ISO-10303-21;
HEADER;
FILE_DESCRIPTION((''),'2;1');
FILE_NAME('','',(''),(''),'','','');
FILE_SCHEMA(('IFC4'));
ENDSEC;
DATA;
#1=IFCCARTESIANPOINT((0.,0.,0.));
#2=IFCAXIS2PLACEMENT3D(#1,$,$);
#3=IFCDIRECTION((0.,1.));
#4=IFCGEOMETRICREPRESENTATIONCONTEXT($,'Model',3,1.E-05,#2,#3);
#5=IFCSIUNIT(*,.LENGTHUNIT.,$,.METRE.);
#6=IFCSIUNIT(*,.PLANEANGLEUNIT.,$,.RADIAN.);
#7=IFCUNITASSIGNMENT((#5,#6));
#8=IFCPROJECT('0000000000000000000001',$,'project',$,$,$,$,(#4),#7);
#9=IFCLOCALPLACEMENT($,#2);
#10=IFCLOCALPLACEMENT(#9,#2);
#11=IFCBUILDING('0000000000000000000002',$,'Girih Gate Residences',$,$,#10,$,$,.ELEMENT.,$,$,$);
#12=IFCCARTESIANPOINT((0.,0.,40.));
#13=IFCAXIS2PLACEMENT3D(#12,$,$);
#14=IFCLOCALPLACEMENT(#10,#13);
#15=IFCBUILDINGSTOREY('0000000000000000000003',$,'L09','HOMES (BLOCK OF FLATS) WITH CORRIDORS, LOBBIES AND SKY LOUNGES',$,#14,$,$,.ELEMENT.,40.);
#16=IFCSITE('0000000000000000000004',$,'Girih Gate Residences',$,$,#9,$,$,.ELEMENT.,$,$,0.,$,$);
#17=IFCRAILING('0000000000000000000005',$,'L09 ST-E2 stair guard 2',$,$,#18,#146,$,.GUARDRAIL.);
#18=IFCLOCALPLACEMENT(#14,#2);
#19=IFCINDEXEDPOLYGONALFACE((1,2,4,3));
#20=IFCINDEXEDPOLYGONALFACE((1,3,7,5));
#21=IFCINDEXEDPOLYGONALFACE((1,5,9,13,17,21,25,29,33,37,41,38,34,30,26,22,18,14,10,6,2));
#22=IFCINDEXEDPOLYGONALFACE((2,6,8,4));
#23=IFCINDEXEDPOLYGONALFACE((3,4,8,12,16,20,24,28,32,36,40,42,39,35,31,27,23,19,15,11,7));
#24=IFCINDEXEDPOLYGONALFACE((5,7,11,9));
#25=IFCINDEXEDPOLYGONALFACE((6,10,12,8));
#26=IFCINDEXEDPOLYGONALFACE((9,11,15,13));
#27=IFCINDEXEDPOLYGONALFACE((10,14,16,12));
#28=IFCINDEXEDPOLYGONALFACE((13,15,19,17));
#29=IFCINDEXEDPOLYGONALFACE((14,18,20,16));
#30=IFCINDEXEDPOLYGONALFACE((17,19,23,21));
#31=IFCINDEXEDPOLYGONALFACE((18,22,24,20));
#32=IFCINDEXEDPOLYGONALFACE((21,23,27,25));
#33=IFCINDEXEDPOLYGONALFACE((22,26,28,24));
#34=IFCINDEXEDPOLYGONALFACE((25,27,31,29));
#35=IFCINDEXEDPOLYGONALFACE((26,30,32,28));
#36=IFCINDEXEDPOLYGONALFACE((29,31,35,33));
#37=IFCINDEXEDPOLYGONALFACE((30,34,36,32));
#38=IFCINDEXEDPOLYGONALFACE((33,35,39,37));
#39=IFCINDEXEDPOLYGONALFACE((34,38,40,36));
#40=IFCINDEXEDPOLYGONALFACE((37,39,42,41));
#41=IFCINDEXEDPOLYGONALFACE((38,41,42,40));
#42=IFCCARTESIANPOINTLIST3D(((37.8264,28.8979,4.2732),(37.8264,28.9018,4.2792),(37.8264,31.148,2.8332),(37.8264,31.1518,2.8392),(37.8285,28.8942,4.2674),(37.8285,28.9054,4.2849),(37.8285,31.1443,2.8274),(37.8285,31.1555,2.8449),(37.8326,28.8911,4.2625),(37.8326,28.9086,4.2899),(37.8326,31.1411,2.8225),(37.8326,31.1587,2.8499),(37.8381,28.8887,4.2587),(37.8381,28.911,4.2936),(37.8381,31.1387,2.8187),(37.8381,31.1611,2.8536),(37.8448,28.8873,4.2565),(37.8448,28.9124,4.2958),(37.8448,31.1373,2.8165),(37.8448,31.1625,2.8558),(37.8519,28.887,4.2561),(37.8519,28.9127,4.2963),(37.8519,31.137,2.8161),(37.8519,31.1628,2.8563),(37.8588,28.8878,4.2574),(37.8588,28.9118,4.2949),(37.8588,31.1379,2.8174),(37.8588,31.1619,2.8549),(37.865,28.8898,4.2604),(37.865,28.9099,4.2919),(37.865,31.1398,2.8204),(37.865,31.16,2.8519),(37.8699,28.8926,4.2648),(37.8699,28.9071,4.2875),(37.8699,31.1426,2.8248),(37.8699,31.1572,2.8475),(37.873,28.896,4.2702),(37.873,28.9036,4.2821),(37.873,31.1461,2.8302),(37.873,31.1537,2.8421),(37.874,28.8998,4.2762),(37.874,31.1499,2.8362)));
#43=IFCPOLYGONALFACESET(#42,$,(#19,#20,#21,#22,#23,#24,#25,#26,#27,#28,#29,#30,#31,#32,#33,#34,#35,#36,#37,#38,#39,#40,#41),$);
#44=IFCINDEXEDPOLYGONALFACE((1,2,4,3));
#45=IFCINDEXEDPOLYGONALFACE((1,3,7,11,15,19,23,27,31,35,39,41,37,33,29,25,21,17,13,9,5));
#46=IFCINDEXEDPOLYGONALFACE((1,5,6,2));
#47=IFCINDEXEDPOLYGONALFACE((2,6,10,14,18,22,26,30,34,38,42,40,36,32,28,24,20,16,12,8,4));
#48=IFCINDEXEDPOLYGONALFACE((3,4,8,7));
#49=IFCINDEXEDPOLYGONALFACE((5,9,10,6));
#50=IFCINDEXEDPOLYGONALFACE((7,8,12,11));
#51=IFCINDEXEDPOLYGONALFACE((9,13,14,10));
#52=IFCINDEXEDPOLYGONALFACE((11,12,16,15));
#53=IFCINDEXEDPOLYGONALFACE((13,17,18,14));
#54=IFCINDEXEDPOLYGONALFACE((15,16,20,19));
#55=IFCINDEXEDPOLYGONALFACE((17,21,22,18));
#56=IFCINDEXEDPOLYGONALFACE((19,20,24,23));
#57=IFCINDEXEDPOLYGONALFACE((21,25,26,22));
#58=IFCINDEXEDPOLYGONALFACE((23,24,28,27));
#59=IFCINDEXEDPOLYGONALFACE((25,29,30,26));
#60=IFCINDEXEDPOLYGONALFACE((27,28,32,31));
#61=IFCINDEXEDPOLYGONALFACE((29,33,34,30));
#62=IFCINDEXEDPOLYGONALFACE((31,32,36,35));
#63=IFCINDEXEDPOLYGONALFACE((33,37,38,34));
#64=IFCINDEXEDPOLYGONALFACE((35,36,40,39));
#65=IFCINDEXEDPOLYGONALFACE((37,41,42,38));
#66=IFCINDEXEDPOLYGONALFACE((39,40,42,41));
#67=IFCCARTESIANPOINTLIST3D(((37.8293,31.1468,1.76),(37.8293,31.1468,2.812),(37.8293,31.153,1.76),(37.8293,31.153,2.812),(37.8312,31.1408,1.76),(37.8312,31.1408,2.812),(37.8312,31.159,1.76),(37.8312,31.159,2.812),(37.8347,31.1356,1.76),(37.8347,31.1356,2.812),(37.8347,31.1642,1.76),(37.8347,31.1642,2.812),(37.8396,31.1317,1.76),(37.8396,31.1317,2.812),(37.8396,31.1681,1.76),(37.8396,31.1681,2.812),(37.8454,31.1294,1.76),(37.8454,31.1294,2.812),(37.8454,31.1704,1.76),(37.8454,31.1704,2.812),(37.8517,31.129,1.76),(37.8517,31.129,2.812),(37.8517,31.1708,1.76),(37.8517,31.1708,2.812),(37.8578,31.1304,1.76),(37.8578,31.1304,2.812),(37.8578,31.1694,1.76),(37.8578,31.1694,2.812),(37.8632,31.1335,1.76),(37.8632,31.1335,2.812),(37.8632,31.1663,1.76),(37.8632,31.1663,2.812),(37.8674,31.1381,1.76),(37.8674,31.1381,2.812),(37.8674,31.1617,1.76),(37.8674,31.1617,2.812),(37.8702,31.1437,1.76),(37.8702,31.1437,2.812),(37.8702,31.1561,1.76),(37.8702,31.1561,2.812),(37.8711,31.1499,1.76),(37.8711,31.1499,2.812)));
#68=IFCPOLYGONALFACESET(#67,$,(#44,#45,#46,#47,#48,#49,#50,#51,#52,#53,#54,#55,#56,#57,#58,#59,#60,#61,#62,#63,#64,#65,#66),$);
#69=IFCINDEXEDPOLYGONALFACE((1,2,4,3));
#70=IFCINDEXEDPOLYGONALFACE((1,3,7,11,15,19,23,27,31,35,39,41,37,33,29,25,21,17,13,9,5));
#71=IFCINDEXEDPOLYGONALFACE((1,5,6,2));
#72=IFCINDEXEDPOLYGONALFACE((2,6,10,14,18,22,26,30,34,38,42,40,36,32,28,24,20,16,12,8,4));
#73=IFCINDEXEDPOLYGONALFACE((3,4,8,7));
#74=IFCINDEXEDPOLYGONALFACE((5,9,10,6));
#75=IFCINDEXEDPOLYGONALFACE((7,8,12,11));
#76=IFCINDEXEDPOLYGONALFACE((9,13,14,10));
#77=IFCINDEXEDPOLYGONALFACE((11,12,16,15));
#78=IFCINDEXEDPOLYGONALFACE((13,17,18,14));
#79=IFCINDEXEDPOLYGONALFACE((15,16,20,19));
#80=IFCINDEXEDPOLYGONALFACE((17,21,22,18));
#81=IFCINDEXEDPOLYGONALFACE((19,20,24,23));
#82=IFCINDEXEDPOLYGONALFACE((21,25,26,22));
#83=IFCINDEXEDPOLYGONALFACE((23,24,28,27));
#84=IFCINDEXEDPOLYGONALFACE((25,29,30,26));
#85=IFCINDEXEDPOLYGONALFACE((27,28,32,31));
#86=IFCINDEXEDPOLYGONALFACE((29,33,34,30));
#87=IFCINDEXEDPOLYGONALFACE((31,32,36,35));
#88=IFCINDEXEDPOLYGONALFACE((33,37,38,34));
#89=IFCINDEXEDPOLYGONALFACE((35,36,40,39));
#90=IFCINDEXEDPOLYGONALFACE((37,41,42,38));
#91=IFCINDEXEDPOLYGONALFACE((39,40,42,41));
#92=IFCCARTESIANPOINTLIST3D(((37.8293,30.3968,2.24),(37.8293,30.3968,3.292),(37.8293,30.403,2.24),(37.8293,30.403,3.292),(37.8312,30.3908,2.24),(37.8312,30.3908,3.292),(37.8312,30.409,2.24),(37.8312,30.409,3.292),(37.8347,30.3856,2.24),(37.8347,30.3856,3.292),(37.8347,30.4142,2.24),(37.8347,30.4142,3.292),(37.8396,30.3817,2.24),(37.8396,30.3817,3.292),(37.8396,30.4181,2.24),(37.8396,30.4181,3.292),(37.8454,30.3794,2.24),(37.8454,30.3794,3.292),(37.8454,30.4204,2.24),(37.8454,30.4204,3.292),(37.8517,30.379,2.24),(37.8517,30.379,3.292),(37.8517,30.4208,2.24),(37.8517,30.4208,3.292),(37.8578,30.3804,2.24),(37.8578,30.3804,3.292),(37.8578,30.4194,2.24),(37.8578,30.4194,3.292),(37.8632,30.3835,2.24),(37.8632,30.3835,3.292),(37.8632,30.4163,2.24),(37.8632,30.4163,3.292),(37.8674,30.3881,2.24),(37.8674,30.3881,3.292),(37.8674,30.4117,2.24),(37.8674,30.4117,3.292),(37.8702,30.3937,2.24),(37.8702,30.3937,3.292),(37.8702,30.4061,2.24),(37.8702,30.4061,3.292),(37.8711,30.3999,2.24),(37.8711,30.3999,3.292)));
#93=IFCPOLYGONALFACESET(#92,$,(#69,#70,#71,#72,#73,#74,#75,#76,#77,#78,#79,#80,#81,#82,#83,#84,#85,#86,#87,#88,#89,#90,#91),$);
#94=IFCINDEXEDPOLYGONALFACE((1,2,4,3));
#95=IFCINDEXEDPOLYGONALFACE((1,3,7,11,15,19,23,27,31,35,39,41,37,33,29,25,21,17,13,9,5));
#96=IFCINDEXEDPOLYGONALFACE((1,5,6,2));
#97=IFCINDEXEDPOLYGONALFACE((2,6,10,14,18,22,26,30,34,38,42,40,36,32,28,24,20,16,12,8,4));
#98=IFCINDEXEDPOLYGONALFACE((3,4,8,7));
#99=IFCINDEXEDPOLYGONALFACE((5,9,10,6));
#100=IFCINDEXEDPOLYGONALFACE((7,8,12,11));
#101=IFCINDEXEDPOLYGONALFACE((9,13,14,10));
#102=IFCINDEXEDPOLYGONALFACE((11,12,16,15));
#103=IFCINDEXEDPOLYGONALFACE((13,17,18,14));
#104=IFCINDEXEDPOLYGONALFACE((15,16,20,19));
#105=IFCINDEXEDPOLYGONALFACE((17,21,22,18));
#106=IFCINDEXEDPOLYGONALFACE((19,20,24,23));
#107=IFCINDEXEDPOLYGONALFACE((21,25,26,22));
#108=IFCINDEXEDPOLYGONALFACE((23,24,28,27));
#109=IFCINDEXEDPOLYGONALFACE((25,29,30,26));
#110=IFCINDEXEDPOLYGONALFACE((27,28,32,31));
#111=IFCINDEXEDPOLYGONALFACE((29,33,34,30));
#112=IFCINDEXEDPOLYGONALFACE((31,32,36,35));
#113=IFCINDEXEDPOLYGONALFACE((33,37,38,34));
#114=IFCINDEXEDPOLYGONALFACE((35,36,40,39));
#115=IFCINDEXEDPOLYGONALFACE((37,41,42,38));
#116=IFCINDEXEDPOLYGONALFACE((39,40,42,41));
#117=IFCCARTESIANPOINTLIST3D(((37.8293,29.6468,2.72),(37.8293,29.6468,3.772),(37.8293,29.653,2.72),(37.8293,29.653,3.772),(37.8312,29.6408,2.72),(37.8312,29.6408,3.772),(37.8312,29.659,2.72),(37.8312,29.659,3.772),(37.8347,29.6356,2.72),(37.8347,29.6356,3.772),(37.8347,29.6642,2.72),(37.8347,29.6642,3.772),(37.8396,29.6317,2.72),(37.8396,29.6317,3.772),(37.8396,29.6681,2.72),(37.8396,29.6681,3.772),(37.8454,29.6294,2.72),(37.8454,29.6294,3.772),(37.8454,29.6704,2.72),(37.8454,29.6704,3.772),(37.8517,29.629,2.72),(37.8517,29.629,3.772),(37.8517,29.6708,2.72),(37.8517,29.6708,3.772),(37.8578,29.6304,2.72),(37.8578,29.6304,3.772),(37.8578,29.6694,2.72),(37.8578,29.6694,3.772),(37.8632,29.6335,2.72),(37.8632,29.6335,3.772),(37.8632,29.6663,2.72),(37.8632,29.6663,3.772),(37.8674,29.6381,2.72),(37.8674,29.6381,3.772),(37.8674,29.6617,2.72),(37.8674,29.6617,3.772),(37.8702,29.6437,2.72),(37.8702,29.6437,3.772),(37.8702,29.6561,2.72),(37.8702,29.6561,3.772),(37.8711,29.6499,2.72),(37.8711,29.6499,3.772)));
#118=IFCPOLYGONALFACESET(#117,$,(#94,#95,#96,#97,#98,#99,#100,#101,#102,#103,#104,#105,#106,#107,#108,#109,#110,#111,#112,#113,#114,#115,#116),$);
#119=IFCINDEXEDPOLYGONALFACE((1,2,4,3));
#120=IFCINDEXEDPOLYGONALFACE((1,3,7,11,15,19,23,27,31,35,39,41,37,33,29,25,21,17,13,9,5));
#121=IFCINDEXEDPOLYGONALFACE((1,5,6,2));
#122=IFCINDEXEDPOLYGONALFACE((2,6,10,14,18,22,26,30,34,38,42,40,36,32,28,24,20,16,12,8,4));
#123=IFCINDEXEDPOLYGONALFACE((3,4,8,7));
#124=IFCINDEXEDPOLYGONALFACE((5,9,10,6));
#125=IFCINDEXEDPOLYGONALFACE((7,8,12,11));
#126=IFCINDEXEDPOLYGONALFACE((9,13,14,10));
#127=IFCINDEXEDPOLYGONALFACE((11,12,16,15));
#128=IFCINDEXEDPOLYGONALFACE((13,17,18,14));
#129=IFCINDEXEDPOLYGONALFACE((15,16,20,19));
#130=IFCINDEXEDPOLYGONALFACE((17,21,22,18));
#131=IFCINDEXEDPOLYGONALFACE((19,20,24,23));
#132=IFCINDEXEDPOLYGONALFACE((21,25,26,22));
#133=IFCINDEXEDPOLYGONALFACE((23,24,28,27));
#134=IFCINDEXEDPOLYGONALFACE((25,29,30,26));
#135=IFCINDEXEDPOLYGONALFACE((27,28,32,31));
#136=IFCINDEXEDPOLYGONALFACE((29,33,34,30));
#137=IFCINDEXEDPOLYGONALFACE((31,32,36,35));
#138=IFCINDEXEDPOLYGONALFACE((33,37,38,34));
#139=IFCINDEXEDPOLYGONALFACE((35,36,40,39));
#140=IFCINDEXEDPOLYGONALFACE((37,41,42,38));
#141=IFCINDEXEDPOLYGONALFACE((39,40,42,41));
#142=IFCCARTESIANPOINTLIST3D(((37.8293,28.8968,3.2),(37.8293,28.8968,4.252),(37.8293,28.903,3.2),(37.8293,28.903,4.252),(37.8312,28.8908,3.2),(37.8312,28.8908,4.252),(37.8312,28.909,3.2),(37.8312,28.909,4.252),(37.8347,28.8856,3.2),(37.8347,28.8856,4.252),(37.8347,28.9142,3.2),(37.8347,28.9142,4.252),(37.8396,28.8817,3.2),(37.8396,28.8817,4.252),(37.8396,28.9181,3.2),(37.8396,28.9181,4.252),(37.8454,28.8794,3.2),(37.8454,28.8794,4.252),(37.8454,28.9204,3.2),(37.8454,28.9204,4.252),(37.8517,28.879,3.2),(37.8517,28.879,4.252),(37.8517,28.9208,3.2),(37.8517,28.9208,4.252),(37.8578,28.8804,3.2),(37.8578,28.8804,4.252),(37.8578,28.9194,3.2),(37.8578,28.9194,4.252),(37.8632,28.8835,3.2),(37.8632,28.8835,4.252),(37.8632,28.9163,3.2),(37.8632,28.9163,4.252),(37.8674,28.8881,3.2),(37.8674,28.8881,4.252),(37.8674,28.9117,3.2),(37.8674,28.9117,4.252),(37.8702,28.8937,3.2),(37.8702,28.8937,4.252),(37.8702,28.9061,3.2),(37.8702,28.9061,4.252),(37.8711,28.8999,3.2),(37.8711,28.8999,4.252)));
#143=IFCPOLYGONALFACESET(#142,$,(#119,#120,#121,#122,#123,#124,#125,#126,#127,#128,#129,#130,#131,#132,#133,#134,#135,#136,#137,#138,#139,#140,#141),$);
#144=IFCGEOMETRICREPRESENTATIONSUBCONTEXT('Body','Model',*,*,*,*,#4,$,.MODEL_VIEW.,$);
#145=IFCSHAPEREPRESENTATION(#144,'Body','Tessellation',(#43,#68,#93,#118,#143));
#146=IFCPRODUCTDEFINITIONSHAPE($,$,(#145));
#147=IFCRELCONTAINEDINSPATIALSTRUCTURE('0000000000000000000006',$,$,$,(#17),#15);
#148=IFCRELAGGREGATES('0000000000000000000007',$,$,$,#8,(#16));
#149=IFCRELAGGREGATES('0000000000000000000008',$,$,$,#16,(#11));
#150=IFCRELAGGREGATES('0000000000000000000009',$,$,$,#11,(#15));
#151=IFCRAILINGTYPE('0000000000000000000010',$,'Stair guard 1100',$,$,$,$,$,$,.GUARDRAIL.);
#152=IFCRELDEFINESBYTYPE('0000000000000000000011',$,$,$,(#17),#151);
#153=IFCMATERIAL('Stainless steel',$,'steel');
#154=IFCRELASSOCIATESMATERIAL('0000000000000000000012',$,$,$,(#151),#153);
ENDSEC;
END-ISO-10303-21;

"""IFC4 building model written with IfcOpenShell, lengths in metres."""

from ifc_helpers import new_model, si_unit, direction, frame, origin, origin_2d, place, context, subcontext, project, spatial, circle, extrude, material, type_object, element, save


model = new_model("IFC4")

# Units and contexts
model_context = context("Model", 3, precision=1e-05, world=origin(), true_north=direction((0.0, 1.0)))
body_context = subcontext(model_context, "Body", "Model", "MODEL_VIEW")
ifc_project = project(units=[si_unit("LENGTHUNIT", "METRE"), si_unit("PLANEANGLEUNIT", "RADIAN")], contexts=[model_context])

# Site, building, storey
site_placement = place(None, origin())
site = spatial("IfcSite", under=ifc_project, at=site_placement, Name="Girih Gate Residences", CompositionType="ELEMENT", RefElevation=0.0)
building_placement = place(site_placement, origin())
building = spatial("IfcBuilding", under=site, at=building_placement, Name="Girih Gate Residences", CompositionType="ELEMENT")
storey_placement = place(building_placement, frame((0.0, 0.0, 40.0)))
storey = spatial("IfcBuildingStorey", under=building, at=storey_placement, Name="L09", Description="HOMES (BLOCK OF FLATS) WITH CORRIDORS, LOBBIES AND SKY LOUNGES", CompositionType="ELEMENT", Elevation=40.0)

# Shared definitions
ifc_material_1 = material(Name="Stainless steel", Category="steel")

# Railing
railing_type_1 = type_object("IfcRailingType", Name="Stair guard 1100", PredefinedType="GUARDRAIL", material=ifc_material_1)
railing_1_placement = place(storey_placement, frame((37.8501, 31.1499, 1.76)))
element("IfcRailing", 1, at=railing_1_placement, inside=storey, type_object=railing_type_1, Name="L09 ST-E2 stair guard 2", PredefinedType="GUARDRAIL", context=body_context, shape_type="SweptSolid", body=[
    extrude(circle(Radius=0.0239, at=origin_2d()), frame((0.0, 0.0, 1.0762), z_axis=(0.0, -0.842281, 0.539038), x_axis=(1.0, 0.0, 0.0)), (0.0, 0.0, 1.0), 2.6714),
    extrude(circle(Radius=0.021, at=origin_2d()), origin(), (0.0, 0.0, 1.0), 1.052),
    extrude(circle(Radius=0.021, at=origin_2d()), frame((0.0, -0.75, 0.48)), (0.0, 0.0, 1.0), 1.052),
    extrude(circle(Radius=0.021, at=origin_2d()), frame((0.0, -1.5, 0.96)), (0.0, 0.0, 1.0), 1.052),
    extrude(circle(Radius=0.021, at=origin_2d()), frame((0.0, -2.25, 1.4399)), (0.0, 0.0, 1.0), 1.052),
])

save(model, "model.ifc")
